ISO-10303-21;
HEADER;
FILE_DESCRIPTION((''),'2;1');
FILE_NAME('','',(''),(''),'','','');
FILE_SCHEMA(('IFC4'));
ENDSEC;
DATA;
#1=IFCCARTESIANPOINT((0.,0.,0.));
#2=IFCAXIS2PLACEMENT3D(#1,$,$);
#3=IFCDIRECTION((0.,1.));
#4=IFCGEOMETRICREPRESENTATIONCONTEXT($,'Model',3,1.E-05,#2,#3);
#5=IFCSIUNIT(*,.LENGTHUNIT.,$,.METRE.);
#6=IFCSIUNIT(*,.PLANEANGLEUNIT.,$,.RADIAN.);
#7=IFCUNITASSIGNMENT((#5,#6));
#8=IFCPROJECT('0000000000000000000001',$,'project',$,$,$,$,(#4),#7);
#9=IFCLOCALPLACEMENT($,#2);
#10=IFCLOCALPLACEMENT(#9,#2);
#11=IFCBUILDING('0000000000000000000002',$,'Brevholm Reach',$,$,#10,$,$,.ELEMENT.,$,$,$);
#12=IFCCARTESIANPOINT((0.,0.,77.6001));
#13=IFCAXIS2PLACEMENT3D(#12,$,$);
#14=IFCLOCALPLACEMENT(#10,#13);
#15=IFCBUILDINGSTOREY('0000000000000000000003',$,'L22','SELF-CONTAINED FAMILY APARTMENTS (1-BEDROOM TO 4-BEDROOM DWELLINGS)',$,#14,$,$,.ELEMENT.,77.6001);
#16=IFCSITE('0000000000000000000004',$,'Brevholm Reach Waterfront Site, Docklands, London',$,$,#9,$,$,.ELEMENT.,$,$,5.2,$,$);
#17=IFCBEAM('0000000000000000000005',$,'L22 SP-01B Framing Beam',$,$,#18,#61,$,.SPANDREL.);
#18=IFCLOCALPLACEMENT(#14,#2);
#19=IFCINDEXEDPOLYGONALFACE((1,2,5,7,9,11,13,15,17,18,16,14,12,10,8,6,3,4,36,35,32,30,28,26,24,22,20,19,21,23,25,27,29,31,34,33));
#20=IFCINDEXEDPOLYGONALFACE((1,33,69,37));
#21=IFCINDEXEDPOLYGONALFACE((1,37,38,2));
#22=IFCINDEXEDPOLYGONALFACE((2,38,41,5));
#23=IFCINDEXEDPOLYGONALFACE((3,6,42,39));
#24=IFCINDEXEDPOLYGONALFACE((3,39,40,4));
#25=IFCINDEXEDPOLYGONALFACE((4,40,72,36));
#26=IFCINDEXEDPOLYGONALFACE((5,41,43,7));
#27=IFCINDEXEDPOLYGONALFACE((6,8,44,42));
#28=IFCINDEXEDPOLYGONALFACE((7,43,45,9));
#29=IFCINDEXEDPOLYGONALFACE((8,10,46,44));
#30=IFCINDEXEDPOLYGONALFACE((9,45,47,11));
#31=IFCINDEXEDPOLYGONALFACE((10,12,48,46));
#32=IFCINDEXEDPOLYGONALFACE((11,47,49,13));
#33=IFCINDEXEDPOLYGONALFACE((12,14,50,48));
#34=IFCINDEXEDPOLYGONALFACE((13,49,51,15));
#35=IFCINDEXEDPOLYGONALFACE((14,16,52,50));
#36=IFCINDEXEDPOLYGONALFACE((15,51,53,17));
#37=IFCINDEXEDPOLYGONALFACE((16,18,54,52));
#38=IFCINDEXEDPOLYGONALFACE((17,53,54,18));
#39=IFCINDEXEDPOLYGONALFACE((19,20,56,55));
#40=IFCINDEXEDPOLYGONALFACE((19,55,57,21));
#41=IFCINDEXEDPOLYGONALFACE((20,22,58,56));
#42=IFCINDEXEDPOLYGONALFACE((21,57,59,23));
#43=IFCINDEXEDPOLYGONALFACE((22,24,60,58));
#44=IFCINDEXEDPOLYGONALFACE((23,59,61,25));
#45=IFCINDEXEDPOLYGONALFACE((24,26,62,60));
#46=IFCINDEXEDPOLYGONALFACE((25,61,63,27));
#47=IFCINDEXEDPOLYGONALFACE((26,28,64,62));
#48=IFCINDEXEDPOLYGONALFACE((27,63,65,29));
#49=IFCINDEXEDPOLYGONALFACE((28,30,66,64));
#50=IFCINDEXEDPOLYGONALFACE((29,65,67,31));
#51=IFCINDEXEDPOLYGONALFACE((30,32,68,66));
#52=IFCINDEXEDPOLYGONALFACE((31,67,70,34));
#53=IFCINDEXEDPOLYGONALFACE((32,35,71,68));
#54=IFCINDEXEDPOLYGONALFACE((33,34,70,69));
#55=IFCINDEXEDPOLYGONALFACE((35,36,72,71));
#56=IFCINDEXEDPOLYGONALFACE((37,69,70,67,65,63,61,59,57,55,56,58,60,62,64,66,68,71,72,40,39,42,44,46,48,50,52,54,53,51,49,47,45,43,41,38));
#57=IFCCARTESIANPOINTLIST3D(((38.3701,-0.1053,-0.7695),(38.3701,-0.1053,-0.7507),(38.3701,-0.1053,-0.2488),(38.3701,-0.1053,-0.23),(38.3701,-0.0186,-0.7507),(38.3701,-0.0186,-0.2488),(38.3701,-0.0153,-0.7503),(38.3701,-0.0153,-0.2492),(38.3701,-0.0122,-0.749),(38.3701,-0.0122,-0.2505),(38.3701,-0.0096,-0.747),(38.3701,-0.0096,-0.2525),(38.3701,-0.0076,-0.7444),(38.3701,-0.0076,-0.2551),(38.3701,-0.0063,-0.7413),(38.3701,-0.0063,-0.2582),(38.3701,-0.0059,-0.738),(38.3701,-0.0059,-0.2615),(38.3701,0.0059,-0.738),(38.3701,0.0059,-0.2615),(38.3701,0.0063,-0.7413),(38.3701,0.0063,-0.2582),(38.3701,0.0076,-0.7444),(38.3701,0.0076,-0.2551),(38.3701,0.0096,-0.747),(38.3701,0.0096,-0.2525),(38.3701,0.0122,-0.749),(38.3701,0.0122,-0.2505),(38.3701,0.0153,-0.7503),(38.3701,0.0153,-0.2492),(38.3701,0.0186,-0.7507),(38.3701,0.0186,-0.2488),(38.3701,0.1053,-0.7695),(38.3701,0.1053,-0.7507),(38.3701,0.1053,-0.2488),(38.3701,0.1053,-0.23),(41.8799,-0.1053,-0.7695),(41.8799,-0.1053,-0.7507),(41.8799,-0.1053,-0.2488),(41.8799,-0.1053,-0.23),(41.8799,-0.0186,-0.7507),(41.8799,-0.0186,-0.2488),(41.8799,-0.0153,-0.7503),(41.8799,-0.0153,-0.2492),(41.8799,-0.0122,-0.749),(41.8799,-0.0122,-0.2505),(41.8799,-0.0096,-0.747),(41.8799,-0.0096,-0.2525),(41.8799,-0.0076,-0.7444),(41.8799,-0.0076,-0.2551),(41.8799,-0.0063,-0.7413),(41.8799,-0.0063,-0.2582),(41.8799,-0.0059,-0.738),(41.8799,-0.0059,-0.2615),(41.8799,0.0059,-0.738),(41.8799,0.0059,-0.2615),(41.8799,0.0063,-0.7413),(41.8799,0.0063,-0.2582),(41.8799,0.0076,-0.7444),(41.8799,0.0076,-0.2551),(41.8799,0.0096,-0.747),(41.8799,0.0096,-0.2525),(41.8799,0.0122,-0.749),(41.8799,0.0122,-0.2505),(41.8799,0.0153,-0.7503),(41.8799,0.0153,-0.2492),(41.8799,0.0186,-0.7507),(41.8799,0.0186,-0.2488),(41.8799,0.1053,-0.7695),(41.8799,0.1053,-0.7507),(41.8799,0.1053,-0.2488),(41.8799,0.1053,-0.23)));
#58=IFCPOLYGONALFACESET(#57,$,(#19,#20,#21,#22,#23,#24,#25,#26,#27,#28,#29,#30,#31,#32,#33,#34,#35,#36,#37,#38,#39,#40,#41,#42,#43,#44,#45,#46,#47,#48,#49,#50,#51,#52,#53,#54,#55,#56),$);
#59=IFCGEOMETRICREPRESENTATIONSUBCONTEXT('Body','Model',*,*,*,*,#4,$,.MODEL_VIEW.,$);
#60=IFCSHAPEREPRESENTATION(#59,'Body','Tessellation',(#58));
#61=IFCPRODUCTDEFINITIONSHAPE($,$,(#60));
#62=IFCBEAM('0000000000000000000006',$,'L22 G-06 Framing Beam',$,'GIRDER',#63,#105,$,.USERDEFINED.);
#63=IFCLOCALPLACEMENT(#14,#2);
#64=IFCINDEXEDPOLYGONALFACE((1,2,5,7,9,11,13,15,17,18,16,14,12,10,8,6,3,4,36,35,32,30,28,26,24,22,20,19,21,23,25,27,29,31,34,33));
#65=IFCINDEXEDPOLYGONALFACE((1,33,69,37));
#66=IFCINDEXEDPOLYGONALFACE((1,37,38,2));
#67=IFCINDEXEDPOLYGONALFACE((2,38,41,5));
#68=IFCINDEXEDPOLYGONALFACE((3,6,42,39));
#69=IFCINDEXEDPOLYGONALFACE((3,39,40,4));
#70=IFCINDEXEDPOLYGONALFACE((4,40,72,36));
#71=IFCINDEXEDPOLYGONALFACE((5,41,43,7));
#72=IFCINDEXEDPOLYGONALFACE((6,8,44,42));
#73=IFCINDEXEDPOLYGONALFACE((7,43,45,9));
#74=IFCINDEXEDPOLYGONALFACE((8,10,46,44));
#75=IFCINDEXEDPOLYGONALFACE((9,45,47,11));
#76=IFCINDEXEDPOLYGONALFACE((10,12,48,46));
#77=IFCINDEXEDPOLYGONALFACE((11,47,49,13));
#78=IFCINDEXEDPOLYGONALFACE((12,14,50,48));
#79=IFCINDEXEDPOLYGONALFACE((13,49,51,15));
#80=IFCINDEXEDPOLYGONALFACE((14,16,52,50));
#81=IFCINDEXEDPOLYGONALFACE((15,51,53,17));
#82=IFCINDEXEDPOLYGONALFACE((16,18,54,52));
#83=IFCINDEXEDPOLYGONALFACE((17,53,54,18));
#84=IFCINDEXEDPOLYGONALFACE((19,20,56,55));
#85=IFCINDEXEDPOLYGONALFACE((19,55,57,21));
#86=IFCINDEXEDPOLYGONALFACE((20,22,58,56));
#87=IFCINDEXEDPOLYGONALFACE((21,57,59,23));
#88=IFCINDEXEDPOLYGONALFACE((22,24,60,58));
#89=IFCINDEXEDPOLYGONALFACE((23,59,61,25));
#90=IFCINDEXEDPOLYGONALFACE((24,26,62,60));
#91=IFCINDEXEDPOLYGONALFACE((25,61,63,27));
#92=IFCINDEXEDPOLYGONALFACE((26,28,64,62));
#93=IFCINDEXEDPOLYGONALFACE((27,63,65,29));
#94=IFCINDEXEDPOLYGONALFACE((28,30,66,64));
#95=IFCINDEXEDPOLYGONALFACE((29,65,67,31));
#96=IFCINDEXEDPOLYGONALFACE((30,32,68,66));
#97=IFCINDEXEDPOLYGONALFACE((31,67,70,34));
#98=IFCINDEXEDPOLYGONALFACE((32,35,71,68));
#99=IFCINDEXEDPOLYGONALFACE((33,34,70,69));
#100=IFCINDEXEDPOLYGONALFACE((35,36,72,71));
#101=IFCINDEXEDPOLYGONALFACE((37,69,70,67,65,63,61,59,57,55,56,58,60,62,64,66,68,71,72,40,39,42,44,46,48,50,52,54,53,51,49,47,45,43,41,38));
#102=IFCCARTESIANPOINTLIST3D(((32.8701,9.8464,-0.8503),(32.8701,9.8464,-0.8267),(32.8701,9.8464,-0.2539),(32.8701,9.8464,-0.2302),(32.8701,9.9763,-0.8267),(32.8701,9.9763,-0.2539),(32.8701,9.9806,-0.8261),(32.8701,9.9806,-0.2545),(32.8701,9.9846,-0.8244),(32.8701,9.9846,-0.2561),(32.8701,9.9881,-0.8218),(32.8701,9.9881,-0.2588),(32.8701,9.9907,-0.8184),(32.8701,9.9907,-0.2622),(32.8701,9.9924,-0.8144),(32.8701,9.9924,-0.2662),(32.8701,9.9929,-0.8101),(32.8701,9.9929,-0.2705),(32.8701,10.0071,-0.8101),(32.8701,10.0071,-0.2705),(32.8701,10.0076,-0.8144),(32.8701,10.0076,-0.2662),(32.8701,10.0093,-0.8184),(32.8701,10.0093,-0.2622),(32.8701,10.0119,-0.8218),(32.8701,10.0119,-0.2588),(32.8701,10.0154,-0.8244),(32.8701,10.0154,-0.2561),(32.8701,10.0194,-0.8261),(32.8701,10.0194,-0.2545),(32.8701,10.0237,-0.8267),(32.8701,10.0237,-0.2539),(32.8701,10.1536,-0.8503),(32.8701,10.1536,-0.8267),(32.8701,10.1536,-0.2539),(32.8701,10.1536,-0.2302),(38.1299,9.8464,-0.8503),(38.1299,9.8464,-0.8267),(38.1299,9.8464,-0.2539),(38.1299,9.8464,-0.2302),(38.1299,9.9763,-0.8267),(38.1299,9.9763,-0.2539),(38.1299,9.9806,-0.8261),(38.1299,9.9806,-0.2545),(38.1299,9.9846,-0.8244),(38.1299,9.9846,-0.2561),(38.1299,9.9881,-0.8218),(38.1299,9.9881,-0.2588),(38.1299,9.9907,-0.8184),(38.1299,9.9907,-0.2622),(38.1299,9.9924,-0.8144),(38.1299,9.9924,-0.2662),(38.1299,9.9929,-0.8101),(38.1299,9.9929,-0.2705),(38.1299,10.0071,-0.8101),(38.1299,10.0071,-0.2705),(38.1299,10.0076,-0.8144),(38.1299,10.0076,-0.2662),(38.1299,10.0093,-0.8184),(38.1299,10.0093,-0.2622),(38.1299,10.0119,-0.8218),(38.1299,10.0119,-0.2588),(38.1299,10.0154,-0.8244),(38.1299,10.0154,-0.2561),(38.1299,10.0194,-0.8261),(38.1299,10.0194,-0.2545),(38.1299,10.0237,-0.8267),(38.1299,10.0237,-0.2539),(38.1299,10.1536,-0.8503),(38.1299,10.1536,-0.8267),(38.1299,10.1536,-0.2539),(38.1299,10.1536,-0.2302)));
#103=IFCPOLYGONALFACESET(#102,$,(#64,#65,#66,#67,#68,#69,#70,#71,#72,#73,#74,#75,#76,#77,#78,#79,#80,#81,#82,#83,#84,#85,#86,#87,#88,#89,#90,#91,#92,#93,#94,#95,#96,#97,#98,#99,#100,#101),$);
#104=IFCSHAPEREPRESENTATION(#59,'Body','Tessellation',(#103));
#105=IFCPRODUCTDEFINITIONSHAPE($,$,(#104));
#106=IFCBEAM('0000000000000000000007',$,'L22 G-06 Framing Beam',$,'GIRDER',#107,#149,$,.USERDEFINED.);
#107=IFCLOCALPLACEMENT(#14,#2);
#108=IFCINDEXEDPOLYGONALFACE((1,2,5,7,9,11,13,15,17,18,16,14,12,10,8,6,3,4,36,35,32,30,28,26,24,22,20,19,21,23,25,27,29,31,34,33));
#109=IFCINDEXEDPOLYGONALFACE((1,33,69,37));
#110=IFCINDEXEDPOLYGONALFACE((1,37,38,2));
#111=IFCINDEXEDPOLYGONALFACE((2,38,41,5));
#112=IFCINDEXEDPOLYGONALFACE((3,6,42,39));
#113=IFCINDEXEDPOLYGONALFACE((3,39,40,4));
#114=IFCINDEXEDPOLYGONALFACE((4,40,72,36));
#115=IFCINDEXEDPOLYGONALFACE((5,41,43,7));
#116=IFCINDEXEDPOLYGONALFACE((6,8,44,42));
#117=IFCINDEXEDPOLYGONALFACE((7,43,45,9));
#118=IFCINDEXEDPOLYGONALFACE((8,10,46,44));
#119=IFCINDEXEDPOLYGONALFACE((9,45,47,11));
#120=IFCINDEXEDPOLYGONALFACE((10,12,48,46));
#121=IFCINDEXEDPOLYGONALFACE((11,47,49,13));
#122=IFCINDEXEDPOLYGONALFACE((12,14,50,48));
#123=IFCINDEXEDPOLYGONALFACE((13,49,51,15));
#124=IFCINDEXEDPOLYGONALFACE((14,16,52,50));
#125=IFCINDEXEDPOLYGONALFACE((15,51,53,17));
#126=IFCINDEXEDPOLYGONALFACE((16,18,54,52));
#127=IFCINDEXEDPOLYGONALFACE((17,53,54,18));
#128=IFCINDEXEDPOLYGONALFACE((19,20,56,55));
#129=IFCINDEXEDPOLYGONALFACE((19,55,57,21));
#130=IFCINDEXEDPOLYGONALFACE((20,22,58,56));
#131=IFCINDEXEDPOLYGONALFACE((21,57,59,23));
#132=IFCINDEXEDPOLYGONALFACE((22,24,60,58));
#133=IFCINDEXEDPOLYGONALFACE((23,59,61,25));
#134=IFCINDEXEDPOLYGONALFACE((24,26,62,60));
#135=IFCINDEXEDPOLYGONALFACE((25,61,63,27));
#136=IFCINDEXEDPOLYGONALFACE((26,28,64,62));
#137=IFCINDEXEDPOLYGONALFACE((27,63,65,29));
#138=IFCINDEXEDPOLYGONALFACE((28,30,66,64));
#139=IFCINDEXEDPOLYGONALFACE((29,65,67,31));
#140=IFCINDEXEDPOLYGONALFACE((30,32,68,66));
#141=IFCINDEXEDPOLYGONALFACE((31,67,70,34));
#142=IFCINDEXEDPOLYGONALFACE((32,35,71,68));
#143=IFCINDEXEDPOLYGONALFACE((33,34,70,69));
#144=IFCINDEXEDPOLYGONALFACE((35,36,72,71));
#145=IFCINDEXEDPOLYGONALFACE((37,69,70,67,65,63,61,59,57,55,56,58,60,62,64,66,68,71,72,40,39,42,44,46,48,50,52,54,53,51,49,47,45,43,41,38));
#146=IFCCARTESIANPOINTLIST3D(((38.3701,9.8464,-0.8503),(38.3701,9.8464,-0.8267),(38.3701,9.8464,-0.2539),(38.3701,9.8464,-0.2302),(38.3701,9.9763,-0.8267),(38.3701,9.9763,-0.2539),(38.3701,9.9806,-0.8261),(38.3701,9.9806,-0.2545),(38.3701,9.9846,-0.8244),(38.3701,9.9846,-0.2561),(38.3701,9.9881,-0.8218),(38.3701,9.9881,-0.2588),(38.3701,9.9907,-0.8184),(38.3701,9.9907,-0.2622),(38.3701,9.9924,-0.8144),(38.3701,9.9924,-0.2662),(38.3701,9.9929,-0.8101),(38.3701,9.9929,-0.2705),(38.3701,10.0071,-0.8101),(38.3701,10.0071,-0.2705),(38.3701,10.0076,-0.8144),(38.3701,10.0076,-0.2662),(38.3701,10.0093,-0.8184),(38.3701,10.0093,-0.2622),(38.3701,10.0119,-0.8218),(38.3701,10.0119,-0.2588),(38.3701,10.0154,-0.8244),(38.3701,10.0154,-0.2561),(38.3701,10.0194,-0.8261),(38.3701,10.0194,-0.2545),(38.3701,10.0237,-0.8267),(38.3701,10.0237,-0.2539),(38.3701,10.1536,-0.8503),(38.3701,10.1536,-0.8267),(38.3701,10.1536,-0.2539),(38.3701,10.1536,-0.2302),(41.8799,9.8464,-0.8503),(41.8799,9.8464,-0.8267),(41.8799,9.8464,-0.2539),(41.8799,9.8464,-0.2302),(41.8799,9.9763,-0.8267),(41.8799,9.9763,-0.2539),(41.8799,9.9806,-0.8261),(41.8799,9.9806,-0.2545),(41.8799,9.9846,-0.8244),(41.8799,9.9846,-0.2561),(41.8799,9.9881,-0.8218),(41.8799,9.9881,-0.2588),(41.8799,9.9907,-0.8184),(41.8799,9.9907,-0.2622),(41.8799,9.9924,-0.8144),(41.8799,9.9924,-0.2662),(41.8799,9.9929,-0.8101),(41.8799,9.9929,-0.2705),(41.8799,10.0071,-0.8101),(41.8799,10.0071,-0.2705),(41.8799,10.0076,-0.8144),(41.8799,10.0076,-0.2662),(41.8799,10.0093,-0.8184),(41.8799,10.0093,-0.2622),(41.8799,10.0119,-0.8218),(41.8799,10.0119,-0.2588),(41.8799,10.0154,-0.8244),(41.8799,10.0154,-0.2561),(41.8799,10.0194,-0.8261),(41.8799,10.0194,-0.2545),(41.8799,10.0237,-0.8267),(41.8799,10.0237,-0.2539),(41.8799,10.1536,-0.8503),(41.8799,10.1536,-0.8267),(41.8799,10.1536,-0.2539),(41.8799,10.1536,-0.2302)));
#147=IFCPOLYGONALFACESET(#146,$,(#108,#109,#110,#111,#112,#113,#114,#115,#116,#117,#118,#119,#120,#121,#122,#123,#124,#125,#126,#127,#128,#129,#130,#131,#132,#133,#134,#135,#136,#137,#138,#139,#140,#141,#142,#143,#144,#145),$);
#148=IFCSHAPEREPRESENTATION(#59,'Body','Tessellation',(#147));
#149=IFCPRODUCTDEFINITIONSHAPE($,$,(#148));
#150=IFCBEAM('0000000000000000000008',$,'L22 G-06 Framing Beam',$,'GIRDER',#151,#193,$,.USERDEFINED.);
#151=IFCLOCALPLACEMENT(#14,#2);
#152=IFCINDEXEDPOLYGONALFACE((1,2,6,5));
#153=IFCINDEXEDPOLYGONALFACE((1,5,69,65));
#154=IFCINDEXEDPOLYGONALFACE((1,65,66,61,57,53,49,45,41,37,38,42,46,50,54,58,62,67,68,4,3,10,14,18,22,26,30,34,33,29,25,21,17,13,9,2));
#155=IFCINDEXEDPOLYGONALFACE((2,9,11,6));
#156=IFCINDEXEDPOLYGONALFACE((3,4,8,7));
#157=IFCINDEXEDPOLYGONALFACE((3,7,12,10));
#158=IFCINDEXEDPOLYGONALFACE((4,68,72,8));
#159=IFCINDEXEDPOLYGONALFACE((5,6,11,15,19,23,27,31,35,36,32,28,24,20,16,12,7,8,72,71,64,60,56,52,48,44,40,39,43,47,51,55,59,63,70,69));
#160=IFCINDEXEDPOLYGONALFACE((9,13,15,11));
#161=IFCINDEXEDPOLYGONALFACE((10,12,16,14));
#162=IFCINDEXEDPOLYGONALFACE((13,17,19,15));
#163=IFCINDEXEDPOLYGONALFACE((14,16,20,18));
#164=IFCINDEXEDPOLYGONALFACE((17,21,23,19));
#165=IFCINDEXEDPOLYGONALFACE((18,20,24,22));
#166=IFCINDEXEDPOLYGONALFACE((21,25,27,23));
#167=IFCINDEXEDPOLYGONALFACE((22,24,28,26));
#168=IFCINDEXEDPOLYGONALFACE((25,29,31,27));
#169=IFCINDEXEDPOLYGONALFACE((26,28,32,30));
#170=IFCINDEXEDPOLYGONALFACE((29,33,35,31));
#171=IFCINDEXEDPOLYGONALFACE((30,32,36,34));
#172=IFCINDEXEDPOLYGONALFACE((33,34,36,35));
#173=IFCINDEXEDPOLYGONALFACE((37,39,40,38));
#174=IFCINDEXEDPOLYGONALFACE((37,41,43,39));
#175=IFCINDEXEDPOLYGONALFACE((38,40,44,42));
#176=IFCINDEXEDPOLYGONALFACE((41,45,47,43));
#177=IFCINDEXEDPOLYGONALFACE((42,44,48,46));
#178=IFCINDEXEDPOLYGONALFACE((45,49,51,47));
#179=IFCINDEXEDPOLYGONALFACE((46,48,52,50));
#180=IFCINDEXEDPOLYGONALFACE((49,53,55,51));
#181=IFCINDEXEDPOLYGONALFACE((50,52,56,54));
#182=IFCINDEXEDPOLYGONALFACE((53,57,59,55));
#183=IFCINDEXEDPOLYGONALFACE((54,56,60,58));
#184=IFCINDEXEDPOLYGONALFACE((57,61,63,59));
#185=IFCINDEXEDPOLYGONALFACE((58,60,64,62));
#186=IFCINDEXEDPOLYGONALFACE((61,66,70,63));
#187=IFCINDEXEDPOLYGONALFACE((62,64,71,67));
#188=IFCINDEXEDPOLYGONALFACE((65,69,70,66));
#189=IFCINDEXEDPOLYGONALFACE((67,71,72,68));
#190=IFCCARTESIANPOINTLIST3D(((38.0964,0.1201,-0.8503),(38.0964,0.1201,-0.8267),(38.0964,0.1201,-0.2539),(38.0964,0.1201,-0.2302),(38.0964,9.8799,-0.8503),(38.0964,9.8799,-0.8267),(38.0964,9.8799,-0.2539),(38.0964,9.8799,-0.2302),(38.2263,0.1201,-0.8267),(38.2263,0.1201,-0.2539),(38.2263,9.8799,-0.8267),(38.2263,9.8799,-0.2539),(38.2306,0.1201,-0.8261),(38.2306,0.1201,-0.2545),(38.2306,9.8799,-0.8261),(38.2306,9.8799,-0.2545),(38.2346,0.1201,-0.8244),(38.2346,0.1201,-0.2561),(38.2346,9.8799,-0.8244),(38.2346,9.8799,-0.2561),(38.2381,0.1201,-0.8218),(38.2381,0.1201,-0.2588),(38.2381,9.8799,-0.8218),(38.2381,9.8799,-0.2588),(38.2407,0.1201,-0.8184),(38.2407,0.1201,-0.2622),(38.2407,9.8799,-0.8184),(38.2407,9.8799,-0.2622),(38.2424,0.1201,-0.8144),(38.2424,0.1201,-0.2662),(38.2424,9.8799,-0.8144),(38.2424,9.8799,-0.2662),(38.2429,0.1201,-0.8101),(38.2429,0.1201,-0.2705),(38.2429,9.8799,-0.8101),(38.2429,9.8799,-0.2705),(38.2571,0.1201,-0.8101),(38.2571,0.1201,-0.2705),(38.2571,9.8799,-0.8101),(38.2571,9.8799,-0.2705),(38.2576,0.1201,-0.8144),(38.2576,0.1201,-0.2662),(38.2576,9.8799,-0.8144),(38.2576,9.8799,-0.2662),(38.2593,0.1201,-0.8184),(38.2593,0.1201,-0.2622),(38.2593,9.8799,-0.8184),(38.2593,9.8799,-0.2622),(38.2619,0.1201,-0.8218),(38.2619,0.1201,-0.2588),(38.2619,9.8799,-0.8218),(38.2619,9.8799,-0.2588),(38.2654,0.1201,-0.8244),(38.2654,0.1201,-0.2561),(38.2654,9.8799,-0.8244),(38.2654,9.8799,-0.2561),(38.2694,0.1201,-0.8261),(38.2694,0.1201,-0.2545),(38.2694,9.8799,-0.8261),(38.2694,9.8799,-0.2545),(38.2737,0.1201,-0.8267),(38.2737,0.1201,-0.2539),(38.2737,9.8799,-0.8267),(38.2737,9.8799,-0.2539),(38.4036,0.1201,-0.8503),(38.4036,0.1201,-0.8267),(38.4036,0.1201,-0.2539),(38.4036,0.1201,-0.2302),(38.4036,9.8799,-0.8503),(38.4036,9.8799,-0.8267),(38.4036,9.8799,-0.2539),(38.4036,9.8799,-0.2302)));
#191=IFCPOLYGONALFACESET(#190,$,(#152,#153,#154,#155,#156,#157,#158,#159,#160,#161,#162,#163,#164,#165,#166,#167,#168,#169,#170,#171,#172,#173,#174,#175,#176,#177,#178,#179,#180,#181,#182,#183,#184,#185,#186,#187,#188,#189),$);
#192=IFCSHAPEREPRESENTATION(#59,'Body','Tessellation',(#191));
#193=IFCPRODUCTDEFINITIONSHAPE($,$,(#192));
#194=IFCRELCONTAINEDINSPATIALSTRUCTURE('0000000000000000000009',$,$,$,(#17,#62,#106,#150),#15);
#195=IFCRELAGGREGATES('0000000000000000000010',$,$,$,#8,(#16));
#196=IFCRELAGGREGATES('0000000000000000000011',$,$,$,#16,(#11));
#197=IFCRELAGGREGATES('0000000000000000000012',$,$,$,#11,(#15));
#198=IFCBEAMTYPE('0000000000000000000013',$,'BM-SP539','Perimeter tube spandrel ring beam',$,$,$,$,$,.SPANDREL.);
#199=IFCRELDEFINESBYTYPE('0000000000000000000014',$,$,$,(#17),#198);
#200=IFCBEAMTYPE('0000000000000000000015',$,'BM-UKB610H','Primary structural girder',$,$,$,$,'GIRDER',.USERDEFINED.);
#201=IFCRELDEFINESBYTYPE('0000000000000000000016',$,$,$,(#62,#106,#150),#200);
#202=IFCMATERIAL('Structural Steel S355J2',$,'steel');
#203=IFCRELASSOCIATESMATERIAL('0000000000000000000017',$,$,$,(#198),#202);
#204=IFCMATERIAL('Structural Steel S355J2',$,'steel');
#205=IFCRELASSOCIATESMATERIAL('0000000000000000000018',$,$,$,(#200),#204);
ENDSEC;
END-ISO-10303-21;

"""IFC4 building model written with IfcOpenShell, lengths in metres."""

from ifc_helpers import new_model, si_unit, direction, frame, origin, origin_2d, place, context, subcontext, project, spatial, i_section, extrude, material, material_profile, profile_set, type_object, element, save


model = new_model("IFC4")

# Units and contexts
model_context = context("Model", 3, precision=1e-05, world=origin(), true_north=direction((0.0, 1.0)))
body_context = subcontext(model_context, "Body", "Model", "MODEL_VIEW")
ifc_project = project(units=[si_unit("LENGTHUNIT", "METRE"), si_unit("PLANEANGLEUNIT", "RADIAN")], contexts=[model_context])

# Site, building, storey
site_placement = place(None, origin())
site = spatial("IfcSite", under=ifc_project, at=site_placement, Name="Brevholm Reach Waterfront Site, Docklands, London", CompositionType="ELEMENT", RefElevation=5.2)
building_placement = place(site_placement, origin())
building = spatial("IfcBuilding", under=site, at=building_placement, Name="Brevholm Reach", CompositionType="ELEMENT")
storey_placement = place(building_placement, frame((0.0, 0.0, 77.6001)))
storey = spatial("IfcBuildingStorey", under=building, at=storey_placement, Name="L22", Description="SELF-CONTAINED FAMILY APARTMENTS (1-BEDROOM TO 4-BEDROOM DWELLINGS)", CompositionType="ELEMENT", Elevation=77.6001)

# Beams
ifc_material_1 = material(Name="Structural Steel S355J2", Category="steel")
ifc_material_profile_1 = material_profile(ifc_material_1, i_section(OverallWidth=0.2107, OverallDepth=0.5396, WebThickness=0.0117, FlangeThickness=0.0188, FilletRadius=0.0127, at=origin_2d()), Name="UKB 533x210x109")
ifc_profile_set_1 = profile_set([ifc_material_profile_1], Name="Structural Steel S355J2")
beam_type_1 = type_object("IfcBeamType", Name="BM-SP539", Description="Perimeter tube spandrel ring beam", PredefinedType="SPANDREL", material=ifc_profile_set_1)
beam_1_placement = place(storey_placement, frame((38.3701, 0.0, -0.4998), z_axis=(1.0, 0.0, 0.0), x_axis=(0.0, 1.0, 0.0)))
element("IfcBeam", 1, at=beam_1_placement, inside=storey, type_object=beam_type_1, Name="L22 SP-01B Framing Beam", PredefinedType="SPANDREL", context=body_context, shape_type="SweptSolid", body=[
    extrude(i_section(OverallWidth=0.2107, OverallDepth=0.5396, WebThickness=0.0117, FlangeThickness=0.0188, FilletRadius=0.0127, at=origin_2d()), origin(), (0.0, 0.0, 1.0), 3.5098),
])
ifc_material_2 = material(Name="Structural Steel S355J2", Category="steel")
ifc_material_profile_2 = material_profile(ifc_material_2, i_section(OverallWidth=0.3071, OverallDepth=0.6201, WebThickness=0.0142, FlangeThickness=0.0237, FilletRadius=0.0166, at=origin_2d()), Name="UKB 610x305x179")
ifc_profile_set_2 = profile_set([ifc_material_profile_2], Name="Structural Steel S355J2")
beam_type_2 = type_object("IfcBeamType", Name="BM-UKB610H", Description="Primary structural girder", ElementType="GIRDER", PredefinedType="USERDEFINED", material=ifc_profile_set_2)
beam_2_placement = place(storey_placement, frame((32.8701, 10.0, -0.5403), z_axis=(1.0, 0.0, 0.0), x_axis=(0.0, 1.0, 0.0)))
element("IfcBeam", 2, at=beam_2_placement, inside=storey, type_object=beam_type_2, Name="L22 G-06 Framing Beam", ObjectType="GIRDER", PredefinedType="USERDEFINED", context=body_context, shape_type="SweptSolid", body=[
    extrude(i_section(OverallWidth=0.3071, OverallDepth=0.6201, WebThickness=0.0142, FlangeThickness=0.0237, FilletRadius=0.0166, at=origin_2d()), origin(), (0.0, 0.0, 1.0), 5.2598),
])
beam_3_placement = place(storey_placement, frame((38.3701, 10.0, -0.5403), z_axis=(1.0, 0.0, 0.0), x_axis=(0.0, 1.0, 0.0)))
element("IfcBeam", 3, at=beam_3_placement, inside=storey, type_object=beam_type_2, Name="L22 G-06 Framing Beam", ObjectType="GIRDER", PredefinedType="USERDEFINED", context=body_context, shape_type="SweptSolid", body=[
    extrude(i_section(OverallWidth=0.3071, OverallDepth=0.6201, WebThickness=0.0142, FlangeThickness=0.0237, FilletRadius=0.0166, at=origin_2d()), origin(), (0.0, 0.0, 1.0), 3.5098),
])
for number, where, z_axis, x_axis, name in (
    (4, (38.25, 0.1201, -0.5403), (0.0, 1.0, 0.0), (-1.0, 0.0, 0.0), "L22 G-06 Framing Beam"),
):
    element("IfcBeam", number, at=place(storey_placement, frame(where, z_axis=z_axis, x_axis=x_axis)), inside=storey, type_object=beam_type_2, Name=name, ObjectType="GIRDER", PredefinedType="USERDEFINED", context=body_context, shape_type="SweptSolid", body=[
        extrude(i_section(OverallWidth=0.3071, OverallDepth=0.6201, WebThickness=0.0142, FlangeThickness=0.0237, FilletRadius=0.0166, at=origin_2d()), origin(), (0.0, 0.0, 1.0), 9.7598),
    ])

save(model, "model.ifc")
